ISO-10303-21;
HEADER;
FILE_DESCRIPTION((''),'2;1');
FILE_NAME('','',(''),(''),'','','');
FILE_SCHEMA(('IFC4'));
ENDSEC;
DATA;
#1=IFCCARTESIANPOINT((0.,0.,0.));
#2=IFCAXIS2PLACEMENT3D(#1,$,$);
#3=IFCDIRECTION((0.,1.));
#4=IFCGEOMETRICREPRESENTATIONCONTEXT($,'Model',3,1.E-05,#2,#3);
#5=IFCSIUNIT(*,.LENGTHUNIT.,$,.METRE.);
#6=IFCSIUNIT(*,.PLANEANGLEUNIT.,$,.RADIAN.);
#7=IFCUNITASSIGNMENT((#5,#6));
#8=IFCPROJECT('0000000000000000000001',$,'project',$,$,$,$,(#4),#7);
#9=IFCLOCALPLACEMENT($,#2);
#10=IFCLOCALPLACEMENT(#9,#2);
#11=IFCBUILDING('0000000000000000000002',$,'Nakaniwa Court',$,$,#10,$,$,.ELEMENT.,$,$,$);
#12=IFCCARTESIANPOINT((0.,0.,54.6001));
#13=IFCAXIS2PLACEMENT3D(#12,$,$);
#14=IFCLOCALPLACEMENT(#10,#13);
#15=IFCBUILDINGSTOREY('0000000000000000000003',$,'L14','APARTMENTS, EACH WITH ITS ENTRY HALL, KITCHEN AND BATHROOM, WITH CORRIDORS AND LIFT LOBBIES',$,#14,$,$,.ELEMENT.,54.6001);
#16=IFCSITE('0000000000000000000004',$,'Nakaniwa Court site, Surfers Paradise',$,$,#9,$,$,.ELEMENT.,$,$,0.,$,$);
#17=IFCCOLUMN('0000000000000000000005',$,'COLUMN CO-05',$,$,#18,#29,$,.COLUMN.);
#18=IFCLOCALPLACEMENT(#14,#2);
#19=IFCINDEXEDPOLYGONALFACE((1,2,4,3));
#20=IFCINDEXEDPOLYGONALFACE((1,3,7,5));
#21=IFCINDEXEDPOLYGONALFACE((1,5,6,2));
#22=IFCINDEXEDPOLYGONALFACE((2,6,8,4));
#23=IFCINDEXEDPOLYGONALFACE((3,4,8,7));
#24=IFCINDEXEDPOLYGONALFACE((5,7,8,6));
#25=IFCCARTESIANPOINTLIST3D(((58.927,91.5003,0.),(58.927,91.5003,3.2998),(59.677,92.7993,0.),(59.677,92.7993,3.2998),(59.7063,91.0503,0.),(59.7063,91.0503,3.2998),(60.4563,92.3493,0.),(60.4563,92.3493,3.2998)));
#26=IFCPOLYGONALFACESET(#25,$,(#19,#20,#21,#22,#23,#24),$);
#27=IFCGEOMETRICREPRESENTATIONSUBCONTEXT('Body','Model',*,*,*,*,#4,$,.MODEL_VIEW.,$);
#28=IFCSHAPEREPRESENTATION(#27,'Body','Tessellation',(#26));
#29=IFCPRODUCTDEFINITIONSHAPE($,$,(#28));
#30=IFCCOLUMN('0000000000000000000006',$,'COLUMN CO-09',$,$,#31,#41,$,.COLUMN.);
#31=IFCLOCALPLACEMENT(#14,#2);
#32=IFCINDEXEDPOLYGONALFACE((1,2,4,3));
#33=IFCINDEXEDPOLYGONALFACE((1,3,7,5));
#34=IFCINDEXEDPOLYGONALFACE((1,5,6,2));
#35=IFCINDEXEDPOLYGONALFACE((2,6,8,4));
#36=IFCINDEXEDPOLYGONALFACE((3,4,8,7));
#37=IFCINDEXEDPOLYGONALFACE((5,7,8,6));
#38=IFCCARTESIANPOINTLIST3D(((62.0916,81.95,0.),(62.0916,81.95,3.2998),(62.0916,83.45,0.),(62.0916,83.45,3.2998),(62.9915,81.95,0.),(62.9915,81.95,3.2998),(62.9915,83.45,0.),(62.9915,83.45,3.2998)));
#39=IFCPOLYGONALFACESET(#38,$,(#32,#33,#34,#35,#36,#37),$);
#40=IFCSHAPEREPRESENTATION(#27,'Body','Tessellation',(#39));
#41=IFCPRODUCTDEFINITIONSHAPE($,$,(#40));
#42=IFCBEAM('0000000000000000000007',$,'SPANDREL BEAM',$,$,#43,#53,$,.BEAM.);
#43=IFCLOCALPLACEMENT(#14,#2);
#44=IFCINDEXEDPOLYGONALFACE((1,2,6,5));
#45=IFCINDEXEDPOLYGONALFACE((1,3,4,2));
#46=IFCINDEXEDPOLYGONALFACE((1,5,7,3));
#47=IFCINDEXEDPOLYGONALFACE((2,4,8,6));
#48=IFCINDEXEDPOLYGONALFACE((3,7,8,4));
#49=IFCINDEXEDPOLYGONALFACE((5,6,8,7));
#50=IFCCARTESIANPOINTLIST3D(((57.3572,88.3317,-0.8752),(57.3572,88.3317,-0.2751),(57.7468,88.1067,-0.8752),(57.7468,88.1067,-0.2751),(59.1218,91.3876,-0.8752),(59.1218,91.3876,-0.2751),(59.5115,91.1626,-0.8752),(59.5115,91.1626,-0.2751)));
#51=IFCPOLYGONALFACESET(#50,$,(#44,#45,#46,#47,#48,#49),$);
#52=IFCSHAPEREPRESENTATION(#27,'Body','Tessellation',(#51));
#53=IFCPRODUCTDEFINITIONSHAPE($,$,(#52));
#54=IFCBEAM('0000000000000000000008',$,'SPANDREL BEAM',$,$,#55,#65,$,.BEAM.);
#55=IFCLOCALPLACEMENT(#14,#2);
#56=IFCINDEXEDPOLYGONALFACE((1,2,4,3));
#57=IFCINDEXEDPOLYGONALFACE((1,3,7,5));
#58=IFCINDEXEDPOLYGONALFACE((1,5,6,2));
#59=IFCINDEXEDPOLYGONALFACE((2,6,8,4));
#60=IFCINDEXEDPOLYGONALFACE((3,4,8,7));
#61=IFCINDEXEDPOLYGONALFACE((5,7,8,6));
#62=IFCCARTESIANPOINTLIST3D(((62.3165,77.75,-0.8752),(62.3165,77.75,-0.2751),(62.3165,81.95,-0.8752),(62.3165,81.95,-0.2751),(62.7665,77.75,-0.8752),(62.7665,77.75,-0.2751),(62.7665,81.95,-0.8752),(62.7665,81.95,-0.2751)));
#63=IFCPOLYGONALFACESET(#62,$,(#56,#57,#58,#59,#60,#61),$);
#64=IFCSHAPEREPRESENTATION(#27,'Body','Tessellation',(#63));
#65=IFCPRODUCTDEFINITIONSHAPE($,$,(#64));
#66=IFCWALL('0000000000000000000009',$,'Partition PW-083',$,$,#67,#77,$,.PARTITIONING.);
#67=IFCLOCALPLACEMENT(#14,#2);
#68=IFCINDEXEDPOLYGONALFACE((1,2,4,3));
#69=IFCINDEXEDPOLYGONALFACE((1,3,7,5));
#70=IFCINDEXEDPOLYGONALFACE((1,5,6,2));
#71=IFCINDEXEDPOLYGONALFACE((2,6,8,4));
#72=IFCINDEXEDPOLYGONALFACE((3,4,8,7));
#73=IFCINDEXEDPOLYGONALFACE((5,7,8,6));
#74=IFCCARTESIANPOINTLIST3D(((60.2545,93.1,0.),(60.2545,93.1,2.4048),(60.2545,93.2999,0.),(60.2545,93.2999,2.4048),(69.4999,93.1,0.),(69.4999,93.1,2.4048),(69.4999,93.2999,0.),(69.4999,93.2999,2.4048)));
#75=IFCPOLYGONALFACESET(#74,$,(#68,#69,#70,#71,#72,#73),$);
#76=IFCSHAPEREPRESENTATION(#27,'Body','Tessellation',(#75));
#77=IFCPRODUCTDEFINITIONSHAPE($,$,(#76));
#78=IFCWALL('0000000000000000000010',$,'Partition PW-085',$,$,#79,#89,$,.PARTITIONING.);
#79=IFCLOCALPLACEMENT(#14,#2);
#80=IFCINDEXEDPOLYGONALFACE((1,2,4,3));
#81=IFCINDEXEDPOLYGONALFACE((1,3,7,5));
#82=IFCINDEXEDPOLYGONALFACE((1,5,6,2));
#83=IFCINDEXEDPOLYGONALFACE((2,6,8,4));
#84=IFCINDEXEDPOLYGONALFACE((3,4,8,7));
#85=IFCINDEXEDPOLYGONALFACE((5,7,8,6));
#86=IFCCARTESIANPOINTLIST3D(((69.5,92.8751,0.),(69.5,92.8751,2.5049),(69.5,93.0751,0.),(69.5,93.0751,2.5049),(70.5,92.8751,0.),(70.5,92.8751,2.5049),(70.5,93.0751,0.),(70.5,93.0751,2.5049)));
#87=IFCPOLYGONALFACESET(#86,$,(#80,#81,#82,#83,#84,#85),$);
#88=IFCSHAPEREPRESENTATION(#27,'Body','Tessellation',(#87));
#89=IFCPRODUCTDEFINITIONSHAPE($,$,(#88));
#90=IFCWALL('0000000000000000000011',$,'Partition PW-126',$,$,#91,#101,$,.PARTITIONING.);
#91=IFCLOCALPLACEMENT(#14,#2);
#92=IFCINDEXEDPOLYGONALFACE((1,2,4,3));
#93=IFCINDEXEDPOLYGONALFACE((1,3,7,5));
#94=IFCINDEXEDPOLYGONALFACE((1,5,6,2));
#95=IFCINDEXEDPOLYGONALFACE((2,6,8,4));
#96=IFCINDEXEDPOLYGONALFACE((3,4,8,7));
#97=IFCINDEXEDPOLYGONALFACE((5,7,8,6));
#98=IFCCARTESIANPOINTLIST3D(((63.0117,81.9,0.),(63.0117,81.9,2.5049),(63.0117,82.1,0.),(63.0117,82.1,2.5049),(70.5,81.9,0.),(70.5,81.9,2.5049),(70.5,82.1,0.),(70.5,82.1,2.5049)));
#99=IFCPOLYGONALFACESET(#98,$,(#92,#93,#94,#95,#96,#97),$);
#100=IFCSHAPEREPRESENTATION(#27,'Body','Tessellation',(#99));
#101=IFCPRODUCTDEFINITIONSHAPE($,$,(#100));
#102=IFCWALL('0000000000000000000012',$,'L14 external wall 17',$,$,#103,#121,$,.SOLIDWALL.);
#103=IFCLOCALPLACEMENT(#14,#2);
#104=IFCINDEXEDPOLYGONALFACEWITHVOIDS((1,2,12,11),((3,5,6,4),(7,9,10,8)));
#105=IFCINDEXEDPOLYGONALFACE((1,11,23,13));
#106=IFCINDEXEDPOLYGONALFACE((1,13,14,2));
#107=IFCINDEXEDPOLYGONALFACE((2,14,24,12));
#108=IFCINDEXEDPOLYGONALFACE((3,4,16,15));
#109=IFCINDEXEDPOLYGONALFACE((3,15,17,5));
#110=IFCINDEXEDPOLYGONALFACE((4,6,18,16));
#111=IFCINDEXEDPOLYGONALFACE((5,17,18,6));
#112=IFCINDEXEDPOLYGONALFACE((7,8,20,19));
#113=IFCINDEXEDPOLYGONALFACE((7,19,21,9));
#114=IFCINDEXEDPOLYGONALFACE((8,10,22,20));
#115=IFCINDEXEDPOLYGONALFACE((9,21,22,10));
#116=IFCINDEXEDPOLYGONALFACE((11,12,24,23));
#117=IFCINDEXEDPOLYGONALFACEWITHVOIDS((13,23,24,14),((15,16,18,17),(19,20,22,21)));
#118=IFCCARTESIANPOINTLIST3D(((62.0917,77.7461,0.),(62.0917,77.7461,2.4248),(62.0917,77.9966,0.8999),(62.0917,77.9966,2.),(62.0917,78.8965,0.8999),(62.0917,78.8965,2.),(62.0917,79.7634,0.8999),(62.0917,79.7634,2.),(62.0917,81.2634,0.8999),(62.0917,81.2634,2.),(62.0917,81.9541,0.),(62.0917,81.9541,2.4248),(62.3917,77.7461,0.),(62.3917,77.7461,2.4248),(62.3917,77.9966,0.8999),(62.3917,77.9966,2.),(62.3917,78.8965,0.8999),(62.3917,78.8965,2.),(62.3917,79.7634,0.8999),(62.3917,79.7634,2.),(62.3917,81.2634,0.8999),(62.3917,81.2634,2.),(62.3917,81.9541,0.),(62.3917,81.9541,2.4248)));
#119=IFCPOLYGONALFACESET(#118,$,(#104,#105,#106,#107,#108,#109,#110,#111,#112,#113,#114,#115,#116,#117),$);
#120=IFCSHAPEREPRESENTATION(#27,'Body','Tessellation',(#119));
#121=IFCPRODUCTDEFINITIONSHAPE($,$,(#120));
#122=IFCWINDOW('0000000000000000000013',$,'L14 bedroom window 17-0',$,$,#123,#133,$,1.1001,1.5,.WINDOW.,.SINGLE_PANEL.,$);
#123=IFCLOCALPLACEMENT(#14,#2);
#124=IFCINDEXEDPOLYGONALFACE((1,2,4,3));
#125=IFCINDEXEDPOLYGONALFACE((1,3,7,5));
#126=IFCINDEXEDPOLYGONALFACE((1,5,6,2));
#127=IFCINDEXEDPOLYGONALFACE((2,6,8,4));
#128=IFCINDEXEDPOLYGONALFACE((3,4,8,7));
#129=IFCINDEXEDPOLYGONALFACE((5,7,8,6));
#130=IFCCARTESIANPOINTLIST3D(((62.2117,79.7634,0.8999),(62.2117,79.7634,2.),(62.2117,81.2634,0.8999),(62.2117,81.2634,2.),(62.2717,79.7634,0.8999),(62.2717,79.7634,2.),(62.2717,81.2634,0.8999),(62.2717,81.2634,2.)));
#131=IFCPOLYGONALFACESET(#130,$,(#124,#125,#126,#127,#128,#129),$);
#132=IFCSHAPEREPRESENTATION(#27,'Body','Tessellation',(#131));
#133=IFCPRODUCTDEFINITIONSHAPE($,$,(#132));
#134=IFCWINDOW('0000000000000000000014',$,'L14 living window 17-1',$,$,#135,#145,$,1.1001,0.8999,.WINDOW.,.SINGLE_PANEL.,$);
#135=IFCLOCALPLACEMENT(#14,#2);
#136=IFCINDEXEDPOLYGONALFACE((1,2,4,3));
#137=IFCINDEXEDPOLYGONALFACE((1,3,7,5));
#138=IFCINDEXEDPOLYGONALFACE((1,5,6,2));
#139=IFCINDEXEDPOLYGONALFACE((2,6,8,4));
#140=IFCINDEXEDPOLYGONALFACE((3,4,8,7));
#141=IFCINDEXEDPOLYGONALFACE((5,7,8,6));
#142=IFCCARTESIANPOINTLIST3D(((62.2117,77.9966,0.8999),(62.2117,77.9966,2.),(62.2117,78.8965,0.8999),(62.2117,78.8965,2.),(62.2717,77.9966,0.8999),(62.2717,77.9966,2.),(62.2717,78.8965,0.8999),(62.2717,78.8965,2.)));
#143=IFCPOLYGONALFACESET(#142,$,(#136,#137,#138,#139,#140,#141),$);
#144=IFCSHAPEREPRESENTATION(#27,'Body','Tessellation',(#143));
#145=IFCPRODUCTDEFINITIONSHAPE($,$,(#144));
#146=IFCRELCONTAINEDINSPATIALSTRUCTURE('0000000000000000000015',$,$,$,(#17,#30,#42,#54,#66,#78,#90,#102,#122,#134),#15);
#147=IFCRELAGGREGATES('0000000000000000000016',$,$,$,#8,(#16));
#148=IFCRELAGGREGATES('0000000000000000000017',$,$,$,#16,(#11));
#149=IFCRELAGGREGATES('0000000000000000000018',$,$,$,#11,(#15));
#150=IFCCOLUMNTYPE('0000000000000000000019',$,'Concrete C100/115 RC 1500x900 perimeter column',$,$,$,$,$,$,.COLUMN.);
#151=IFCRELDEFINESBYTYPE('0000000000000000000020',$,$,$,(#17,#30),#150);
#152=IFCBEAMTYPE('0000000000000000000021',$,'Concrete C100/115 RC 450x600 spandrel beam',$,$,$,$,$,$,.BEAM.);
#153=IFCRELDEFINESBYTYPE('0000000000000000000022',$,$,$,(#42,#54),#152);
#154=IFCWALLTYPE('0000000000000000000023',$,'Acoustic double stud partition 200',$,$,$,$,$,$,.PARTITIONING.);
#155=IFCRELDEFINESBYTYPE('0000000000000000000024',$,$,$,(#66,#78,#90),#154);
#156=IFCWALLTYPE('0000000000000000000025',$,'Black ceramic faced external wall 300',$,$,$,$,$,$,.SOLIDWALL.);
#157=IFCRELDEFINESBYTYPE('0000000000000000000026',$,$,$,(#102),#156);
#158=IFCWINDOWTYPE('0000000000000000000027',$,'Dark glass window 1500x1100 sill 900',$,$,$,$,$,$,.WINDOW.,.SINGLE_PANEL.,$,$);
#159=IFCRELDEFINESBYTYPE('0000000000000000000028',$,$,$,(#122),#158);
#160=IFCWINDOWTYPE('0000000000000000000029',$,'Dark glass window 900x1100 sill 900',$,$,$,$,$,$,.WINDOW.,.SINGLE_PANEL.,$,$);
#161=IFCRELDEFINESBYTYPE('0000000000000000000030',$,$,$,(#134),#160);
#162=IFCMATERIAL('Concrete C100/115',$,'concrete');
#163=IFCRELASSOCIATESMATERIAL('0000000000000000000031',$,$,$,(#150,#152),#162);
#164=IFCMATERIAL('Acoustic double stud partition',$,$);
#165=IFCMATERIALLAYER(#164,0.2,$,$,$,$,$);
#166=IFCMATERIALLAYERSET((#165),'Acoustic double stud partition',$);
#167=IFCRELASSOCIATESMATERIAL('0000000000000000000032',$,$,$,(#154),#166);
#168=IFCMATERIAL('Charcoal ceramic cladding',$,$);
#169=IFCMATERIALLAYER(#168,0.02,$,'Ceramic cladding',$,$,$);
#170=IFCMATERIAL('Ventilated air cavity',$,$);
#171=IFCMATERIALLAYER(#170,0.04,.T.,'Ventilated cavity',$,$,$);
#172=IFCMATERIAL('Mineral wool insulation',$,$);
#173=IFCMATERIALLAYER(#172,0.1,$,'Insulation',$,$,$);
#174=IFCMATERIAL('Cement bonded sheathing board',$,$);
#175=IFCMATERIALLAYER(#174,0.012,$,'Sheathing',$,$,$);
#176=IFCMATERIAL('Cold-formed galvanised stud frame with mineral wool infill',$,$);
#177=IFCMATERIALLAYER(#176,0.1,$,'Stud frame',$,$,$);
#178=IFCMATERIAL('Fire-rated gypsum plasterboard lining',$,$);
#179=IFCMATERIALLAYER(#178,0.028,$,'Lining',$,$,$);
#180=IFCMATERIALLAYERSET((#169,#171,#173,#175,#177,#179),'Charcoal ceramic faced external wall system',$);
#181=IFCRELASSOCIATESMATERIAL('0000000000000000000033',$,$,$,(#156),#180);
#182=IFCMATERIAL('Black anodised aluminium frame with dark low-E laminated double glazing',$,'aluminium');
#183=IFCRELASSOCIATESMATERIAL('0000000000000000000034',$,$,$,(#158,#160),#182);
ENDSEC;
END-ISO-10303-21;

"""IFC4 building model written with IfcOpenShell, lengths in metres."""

from ifc_helpers import new_model, si_unit, direction, frame, frame_2d, origin, origin_2d, place, context, subcontext, project, spatial, rectangle, extrude, material, layer, layer_set, material_profile, profile_set, type_object, element, fill, save


model = new_model("IFC4")

# Units and contexts
model_context = context("Model", 3, precision=1e-05, world=origin(), true_north=direction((0.0, 1.0)))
body_context = subcontext(model_context, "Body", "Model", "MODEL_VIEW")
ifc_project = project(units=[si_unit("LENGTHUNIT", "METRE"), si_unit("PLANEANGLEUNIT", "RADIAN")], contexts=[model_context])

# Site, building, storey
site_placement = place(None, origin())
site = spatial("IfcSite", under=ifc_project, at=site_placement, Name="Nakaniwa Court site, Surfers Paradise", CompositionType="ELEMENT", RefElevation=0.0)
building_placement = place(site_placement, origin())
building = spatial("IfcBuilding", under=site, at=building_placement, Name="Nakaniwa Court", CompositionType="ELEMENT")
storey_placement = place(building_placement, frame((0.0, 0.0, 54.6001)))
storey = spatial("IfcBuildingStorey", under=building, at=storey_placement, Name="L14", Description="APARTMENTS, EACH WITH ITS ENTRY HALL, KITCHEN AND BATHROOM, WITH CORRIDORS AND LIFT LOBBIES", CompositionType="ELEMENT", Elevation=54.6001)

# Columns
ifc_material_1 = material(Name="Concrete C100/115", Category="concrete")
ifc_material_profile_1 = material_profile(ifc_material_1, rectangle(XDim=1.5, YDim=0.8999, at=origin_2d()), Name="Concrete C100/115 RC 1500x900 perimeter column")
ifc_profile_set_1 = profile_set([ifc_material_profile_1], Name="Concrete C100/115")
column_type = type_object("IfcColumnType", Name="Concrete C100/115 RC 1500x900 perimeter column", PredefinedType="COLUMN", material=ifc_profile_set_1)
for number, where, z_axis, x_axis, name in (
    (1, (59.6917, 91.9248, 0.0), (0.0, 0.0, 1.0), (-0.5, -0.866025, 0.0), "COLUMN CO-05"),
    (2, (62.5415, 82.7, 0.0), (0.0, 0.0, 1.0), (0.0, -1.0, 0.0), "COLUMN CO-09"),
):
    element("IfcColumn", number, at=place(storey_placement, frame(where, z_axis=z_axis, x_axis=x_axis)), inside=storey, type_object=column_type, Name=name, PredefinedType="COLUMN", context=body_context, shape_type="SweptSolid", body=[
        extrude(rectangle(XDim=1.5, YDim=0.8999, at=origin_2d()), origin(), (0.0, 0.0, 1.0), 3.2998),
    ])

# Beams
ifc_material_profile_2 = material_profile(ifc_material_1, rectangle(XDim=0.45, YDim=0.6001, at=origin_2d()), Name="Concrete C100/115 RC 450x600 spandrel beam")
ifc_profile_set_2 = profile_set([ifc_material_profile_2], Name="Concrete C100/115")
beam_type = type_object("IfcBeamType", Name="Concrete C100/115 RC 450x600 spandrel beam", PredefinedType="BEAM", material=ifc_profile_set_2)
beam_1_placement = place(storey_placement, frame((59.3167, 91.2751, -0.5752), z_axis=(-0.500068, -0.865986, 0.0), x_axis=(0.865986, -0.500068, 0.0)))
element("IfcBeam", 3, at=beam_1_placement, inside=storey, type_object=beam_type, Name="SPANDREL BEAM", PredefinedType="BEAM", context=body_context, shape_type="SweptSolid", body=[
    extrude(rectangle(XDim=0.45, YDim=0.6001, at=origin_2d()), origin(), (0.0, 0.0, 1.0), 3.5288),
])
beam_2_placement = place(storey_placement, frame((62.5415, 81.95, -0.5752), z_axis=(0.0, -1.0, 0.0), x_axis=(1.0, 0.0, 0.0)))
element("IfcBeam", 4, at=beam_2_placement, inside=storey, type_object=beam_type, Name="SPANDREL BEAM", PredefinedType="BEAM", context=body_context, shape_type="SweptSolid", body=[
    extrude(rectangle(XDim=0.45, YDim=0.6001, at=origin_2d()), origin(), (0.0, 0.0, 1.0), 4.2),
])

# Walls
ifc_material_2 = material(Name="Acoustic double stud partition")
ifc_layer_1 = layer(ifc_material_2, 0.2)
ifc_layer_set_1 = layer_set([ifc_layer_1], Name="Acoustic double stud partition")
wall_type_1 = type_object("IfcWallType", Name="Acoustic double stud partition 200", PredefinedType="PARTITIONING", material=ifc_layer_set_1)
wall_1_placement = place(storey_placement, frame((60.2546, 93.2, 0.0), z_axis=(0.0, 0.0, 1.0), x_axis=(1.0, 0.0, 0.0)))
element("IfcWall", 5, at=wall_1_placement, inside=storey, type_object=wall_type_1, Name="Partition PW-083", PredefinedType="PARTITIONING", context=body_context, shape_type="SweptSolid", body=[
    extrude(rectangle(XDim=9.2454, YDim=0.2, at=frame_2d((4.6226, 0.0))), origin(), (0.0, 0.0, 1.0), 2.4048),
])
wall_2_placement = place(storey_placement, frame((69.5, 92.9751, 0.0), z_axis=(0.0, 0.0, 1.0), x_axis=(1.0, 0.0, 0.0)))
element("IfcWall", 6, at=wall_2_placement, inside=storey, type_object=wall_type_1, Name="Partition PW-085", PredefinedType="PARTITIONING", context=body_context, shape_type="SweptSolid", body=[
    extrude(rectangle(XDim=1.0, YDim=0.2, at=frame_2d((0.5, 0.0))), origin(), (0.0, 0.0, 1.0), 2.5049),
])
wall_3_placement = place(storey_placement, frame((63.0117, 82.0, 0.0), z_axis=(0.0, 0.0, 1.0), x_axis=(1.0, 0.0, 0.0)))
element("IfcWall", 7, at=wall_3_placement, inside=storey, type_object=wall_type_1, Name="Partition PW-126", PredefinedType="PARTITIONING", context=body_context, shape_type="SweptSolid", body=[
    extrude(rectangle(XDim=7.4883, YDim=0.2, at=frame_2d((3.7441, 0.0))), origin(), (0.0, 0.0, 1.0), 2.5049),
])

# Wall, openings, windows
ifc_material_3 = material(Name="Charcoal ceramic cladding")
ifc_layer_2 = layer(ifc_material_3, 0.02, Name="Ceramic cladding")
ifc_material_4 = material(Name="Ventilated air cavity")
ifc_layer_3 = layer(ifc_material_4, 0.04, ventilated=True, Name="Ventilated cavity")
ifc_material_5 = material(Name="Mineral wool insulation")
ifc_layer_4 = layer(ifc_material_5, 0.1, Name="Insulation")
ifc_material_6 = material(Name="Cement bonded sheathing board")
ifc_layer_5 = layer(ifc_material_6, 0.012, Name="Sheathing")
ifc_material_7 = material(Name="Cold-formed galvanised stud frame with mineral wool infill")
ifc_layer_6 = layer(ifc_material_7, 0.1, Name="Stud frame")
ifc_material_8 = material(Name="Fire-rated gypsum plasterboard lining")
ifc_layer_7 = layer(ifc_material_8, 0.028, Name="Lining")
ifc_layer_set_2 = layer_set([ifc_layer_2, ifc_layer_3, ifc_layer_4, ifc_layer_5, ifc_layer_6, ifc_layer_7], Name="Charcoal ceramic faced external wall system")
wall_type_2 = type_object("IfcWallType", Name="Black ceramic faced external wall 300", PredefinedType="SOLIDWALL", material=ifc_layer_set_2)
wall_4_placement = place(storey_placement, frame((62.2417, 81.9541, 0.0), z_axis=(0.0, 0.0, 1.0), x_axis=(0.0, -1.0, 0.0)))
wall_4 = element("IfcWall", 8, at=wall_4_placement, inside=storey, type_object=wall_type_2, Name="L14 external wall 17", PredefinedType="SOLIDWALL", context=body_context, shape_type="SweptSolid", body=[
    extrude(rectangle(XDim=4.208, YDim=0.3, at=frame_2d((2.104, 0.0))), origin(), (0.0, 0.0, 1.0), 2.4248),
])
opening_1_placement = place(wall_4_placement, frame((0.6907, 0.0, 0.8999)))
opening_1 = element("IfcOpeningElement", 9, at=opening_1_placement, cuts=wall_4, PredefinedType="OPENING", context=body_context, shape_type="SweptSolid", body=[
    extrude(rectangle(XDim=1.5, YDim=1.1001, at=frame_2d((0.75, 0.55))), frame((0.0, 0.1599, 0.0), z_axis=(0.0, -1.0, 0.0), x_axis=(1.0, 0.0, 0.0)), (0.0, 0.0, 1.0), 0.3201),
])
opening_2_placement = place(wall_4_placement, frame((3.0576, 0.0, 0.8999)))
opening_2 = element("IfcOpeningElement", 10, at=opening_2_placement, cuts=wall_4, PredefinedType="OPENING", context=body_context, shape_type="SweptSolid", body=[
    extrude(rectangle(XDim=0.8999, YDim=1.1001, at=frame_2d((0.45, 0.55))), frame((0.0, 0.1599, 0.0), z_axis=(0.0, -1.0, 0.0), x_axis=(1.0, 0.0, 0.0)), (0.0, 0.0, 1.0), 0.3201),
])
ifc_material_9 = material(Name="Black anodised aluminium frame with dark low-E laminated double glazing", Category="aluminium")
window_type_1 = type_object("IfcWindowType", Name="Dark glass window 1500x1100 sill 900", PartitioningType="SINGLE_PANEL", PredefinedType="WINDOW", material=ifc_material_9)
window_1_placement = place(opening_1_placement, origin())
window_1 = element("IfcWindow", 11, at=window_1_placement, inside=storey, type_object=window_type_1, Name="L14 bedroom window 17-0", OverallHeight=1.1001, OverallWidth=1.5, PartitioningType="SINGLE_PANEL", PredefinedType="WINDOW", context=body_context, shape_type="SweptSolid", body=[
    extrude(rectangle(XDim=1.5, YDim=1.1001, at=frame_2d((0.75, 0.55))), frame((0.0, 0.03, 0.0), z_axis=(0.0, -1.0, 0.0), x_axis=(1.0, 0.0, 0.0)), (0.0, 0.0, 1.0), 0.0601),
])
fill(opening_1, window_1)
window_type_2 = type_object("IfcWindowType", Name="Dark glass window 900x1100 sill 900", PartitioningType="SINGLE_PANEL", PredefinedType="WINDOW", material=ifc_material_9)
window_2_placement = place(opening_2_placement, origin())
window_2 = element("IfcWindow", 12, at=window_2_placement, inside=storey, type_object=window_type_2, Name="L14 living window 17-1", OverallHeight=1.1001, OverallWidth=0.8999, PartitioningType="SINGLE_PANEL", PredefinedType="WINDOW", context=body_context, shape_type="SweptSolid", body=[
    extrude(rectangle(XDim=0.8999, YDim=1.1001, at=frame_2d((0.45, 0.55))), frame((0.0, 0.03, 0.0), z_axis=(0.0, -1.0, 0.0), x_axis=(1.0, 0.0, 0.0)), (0.0, 0.0, 1.0), 0.0601),
])
fill(opening_2, window_2)

save(model, "model.ifc")
